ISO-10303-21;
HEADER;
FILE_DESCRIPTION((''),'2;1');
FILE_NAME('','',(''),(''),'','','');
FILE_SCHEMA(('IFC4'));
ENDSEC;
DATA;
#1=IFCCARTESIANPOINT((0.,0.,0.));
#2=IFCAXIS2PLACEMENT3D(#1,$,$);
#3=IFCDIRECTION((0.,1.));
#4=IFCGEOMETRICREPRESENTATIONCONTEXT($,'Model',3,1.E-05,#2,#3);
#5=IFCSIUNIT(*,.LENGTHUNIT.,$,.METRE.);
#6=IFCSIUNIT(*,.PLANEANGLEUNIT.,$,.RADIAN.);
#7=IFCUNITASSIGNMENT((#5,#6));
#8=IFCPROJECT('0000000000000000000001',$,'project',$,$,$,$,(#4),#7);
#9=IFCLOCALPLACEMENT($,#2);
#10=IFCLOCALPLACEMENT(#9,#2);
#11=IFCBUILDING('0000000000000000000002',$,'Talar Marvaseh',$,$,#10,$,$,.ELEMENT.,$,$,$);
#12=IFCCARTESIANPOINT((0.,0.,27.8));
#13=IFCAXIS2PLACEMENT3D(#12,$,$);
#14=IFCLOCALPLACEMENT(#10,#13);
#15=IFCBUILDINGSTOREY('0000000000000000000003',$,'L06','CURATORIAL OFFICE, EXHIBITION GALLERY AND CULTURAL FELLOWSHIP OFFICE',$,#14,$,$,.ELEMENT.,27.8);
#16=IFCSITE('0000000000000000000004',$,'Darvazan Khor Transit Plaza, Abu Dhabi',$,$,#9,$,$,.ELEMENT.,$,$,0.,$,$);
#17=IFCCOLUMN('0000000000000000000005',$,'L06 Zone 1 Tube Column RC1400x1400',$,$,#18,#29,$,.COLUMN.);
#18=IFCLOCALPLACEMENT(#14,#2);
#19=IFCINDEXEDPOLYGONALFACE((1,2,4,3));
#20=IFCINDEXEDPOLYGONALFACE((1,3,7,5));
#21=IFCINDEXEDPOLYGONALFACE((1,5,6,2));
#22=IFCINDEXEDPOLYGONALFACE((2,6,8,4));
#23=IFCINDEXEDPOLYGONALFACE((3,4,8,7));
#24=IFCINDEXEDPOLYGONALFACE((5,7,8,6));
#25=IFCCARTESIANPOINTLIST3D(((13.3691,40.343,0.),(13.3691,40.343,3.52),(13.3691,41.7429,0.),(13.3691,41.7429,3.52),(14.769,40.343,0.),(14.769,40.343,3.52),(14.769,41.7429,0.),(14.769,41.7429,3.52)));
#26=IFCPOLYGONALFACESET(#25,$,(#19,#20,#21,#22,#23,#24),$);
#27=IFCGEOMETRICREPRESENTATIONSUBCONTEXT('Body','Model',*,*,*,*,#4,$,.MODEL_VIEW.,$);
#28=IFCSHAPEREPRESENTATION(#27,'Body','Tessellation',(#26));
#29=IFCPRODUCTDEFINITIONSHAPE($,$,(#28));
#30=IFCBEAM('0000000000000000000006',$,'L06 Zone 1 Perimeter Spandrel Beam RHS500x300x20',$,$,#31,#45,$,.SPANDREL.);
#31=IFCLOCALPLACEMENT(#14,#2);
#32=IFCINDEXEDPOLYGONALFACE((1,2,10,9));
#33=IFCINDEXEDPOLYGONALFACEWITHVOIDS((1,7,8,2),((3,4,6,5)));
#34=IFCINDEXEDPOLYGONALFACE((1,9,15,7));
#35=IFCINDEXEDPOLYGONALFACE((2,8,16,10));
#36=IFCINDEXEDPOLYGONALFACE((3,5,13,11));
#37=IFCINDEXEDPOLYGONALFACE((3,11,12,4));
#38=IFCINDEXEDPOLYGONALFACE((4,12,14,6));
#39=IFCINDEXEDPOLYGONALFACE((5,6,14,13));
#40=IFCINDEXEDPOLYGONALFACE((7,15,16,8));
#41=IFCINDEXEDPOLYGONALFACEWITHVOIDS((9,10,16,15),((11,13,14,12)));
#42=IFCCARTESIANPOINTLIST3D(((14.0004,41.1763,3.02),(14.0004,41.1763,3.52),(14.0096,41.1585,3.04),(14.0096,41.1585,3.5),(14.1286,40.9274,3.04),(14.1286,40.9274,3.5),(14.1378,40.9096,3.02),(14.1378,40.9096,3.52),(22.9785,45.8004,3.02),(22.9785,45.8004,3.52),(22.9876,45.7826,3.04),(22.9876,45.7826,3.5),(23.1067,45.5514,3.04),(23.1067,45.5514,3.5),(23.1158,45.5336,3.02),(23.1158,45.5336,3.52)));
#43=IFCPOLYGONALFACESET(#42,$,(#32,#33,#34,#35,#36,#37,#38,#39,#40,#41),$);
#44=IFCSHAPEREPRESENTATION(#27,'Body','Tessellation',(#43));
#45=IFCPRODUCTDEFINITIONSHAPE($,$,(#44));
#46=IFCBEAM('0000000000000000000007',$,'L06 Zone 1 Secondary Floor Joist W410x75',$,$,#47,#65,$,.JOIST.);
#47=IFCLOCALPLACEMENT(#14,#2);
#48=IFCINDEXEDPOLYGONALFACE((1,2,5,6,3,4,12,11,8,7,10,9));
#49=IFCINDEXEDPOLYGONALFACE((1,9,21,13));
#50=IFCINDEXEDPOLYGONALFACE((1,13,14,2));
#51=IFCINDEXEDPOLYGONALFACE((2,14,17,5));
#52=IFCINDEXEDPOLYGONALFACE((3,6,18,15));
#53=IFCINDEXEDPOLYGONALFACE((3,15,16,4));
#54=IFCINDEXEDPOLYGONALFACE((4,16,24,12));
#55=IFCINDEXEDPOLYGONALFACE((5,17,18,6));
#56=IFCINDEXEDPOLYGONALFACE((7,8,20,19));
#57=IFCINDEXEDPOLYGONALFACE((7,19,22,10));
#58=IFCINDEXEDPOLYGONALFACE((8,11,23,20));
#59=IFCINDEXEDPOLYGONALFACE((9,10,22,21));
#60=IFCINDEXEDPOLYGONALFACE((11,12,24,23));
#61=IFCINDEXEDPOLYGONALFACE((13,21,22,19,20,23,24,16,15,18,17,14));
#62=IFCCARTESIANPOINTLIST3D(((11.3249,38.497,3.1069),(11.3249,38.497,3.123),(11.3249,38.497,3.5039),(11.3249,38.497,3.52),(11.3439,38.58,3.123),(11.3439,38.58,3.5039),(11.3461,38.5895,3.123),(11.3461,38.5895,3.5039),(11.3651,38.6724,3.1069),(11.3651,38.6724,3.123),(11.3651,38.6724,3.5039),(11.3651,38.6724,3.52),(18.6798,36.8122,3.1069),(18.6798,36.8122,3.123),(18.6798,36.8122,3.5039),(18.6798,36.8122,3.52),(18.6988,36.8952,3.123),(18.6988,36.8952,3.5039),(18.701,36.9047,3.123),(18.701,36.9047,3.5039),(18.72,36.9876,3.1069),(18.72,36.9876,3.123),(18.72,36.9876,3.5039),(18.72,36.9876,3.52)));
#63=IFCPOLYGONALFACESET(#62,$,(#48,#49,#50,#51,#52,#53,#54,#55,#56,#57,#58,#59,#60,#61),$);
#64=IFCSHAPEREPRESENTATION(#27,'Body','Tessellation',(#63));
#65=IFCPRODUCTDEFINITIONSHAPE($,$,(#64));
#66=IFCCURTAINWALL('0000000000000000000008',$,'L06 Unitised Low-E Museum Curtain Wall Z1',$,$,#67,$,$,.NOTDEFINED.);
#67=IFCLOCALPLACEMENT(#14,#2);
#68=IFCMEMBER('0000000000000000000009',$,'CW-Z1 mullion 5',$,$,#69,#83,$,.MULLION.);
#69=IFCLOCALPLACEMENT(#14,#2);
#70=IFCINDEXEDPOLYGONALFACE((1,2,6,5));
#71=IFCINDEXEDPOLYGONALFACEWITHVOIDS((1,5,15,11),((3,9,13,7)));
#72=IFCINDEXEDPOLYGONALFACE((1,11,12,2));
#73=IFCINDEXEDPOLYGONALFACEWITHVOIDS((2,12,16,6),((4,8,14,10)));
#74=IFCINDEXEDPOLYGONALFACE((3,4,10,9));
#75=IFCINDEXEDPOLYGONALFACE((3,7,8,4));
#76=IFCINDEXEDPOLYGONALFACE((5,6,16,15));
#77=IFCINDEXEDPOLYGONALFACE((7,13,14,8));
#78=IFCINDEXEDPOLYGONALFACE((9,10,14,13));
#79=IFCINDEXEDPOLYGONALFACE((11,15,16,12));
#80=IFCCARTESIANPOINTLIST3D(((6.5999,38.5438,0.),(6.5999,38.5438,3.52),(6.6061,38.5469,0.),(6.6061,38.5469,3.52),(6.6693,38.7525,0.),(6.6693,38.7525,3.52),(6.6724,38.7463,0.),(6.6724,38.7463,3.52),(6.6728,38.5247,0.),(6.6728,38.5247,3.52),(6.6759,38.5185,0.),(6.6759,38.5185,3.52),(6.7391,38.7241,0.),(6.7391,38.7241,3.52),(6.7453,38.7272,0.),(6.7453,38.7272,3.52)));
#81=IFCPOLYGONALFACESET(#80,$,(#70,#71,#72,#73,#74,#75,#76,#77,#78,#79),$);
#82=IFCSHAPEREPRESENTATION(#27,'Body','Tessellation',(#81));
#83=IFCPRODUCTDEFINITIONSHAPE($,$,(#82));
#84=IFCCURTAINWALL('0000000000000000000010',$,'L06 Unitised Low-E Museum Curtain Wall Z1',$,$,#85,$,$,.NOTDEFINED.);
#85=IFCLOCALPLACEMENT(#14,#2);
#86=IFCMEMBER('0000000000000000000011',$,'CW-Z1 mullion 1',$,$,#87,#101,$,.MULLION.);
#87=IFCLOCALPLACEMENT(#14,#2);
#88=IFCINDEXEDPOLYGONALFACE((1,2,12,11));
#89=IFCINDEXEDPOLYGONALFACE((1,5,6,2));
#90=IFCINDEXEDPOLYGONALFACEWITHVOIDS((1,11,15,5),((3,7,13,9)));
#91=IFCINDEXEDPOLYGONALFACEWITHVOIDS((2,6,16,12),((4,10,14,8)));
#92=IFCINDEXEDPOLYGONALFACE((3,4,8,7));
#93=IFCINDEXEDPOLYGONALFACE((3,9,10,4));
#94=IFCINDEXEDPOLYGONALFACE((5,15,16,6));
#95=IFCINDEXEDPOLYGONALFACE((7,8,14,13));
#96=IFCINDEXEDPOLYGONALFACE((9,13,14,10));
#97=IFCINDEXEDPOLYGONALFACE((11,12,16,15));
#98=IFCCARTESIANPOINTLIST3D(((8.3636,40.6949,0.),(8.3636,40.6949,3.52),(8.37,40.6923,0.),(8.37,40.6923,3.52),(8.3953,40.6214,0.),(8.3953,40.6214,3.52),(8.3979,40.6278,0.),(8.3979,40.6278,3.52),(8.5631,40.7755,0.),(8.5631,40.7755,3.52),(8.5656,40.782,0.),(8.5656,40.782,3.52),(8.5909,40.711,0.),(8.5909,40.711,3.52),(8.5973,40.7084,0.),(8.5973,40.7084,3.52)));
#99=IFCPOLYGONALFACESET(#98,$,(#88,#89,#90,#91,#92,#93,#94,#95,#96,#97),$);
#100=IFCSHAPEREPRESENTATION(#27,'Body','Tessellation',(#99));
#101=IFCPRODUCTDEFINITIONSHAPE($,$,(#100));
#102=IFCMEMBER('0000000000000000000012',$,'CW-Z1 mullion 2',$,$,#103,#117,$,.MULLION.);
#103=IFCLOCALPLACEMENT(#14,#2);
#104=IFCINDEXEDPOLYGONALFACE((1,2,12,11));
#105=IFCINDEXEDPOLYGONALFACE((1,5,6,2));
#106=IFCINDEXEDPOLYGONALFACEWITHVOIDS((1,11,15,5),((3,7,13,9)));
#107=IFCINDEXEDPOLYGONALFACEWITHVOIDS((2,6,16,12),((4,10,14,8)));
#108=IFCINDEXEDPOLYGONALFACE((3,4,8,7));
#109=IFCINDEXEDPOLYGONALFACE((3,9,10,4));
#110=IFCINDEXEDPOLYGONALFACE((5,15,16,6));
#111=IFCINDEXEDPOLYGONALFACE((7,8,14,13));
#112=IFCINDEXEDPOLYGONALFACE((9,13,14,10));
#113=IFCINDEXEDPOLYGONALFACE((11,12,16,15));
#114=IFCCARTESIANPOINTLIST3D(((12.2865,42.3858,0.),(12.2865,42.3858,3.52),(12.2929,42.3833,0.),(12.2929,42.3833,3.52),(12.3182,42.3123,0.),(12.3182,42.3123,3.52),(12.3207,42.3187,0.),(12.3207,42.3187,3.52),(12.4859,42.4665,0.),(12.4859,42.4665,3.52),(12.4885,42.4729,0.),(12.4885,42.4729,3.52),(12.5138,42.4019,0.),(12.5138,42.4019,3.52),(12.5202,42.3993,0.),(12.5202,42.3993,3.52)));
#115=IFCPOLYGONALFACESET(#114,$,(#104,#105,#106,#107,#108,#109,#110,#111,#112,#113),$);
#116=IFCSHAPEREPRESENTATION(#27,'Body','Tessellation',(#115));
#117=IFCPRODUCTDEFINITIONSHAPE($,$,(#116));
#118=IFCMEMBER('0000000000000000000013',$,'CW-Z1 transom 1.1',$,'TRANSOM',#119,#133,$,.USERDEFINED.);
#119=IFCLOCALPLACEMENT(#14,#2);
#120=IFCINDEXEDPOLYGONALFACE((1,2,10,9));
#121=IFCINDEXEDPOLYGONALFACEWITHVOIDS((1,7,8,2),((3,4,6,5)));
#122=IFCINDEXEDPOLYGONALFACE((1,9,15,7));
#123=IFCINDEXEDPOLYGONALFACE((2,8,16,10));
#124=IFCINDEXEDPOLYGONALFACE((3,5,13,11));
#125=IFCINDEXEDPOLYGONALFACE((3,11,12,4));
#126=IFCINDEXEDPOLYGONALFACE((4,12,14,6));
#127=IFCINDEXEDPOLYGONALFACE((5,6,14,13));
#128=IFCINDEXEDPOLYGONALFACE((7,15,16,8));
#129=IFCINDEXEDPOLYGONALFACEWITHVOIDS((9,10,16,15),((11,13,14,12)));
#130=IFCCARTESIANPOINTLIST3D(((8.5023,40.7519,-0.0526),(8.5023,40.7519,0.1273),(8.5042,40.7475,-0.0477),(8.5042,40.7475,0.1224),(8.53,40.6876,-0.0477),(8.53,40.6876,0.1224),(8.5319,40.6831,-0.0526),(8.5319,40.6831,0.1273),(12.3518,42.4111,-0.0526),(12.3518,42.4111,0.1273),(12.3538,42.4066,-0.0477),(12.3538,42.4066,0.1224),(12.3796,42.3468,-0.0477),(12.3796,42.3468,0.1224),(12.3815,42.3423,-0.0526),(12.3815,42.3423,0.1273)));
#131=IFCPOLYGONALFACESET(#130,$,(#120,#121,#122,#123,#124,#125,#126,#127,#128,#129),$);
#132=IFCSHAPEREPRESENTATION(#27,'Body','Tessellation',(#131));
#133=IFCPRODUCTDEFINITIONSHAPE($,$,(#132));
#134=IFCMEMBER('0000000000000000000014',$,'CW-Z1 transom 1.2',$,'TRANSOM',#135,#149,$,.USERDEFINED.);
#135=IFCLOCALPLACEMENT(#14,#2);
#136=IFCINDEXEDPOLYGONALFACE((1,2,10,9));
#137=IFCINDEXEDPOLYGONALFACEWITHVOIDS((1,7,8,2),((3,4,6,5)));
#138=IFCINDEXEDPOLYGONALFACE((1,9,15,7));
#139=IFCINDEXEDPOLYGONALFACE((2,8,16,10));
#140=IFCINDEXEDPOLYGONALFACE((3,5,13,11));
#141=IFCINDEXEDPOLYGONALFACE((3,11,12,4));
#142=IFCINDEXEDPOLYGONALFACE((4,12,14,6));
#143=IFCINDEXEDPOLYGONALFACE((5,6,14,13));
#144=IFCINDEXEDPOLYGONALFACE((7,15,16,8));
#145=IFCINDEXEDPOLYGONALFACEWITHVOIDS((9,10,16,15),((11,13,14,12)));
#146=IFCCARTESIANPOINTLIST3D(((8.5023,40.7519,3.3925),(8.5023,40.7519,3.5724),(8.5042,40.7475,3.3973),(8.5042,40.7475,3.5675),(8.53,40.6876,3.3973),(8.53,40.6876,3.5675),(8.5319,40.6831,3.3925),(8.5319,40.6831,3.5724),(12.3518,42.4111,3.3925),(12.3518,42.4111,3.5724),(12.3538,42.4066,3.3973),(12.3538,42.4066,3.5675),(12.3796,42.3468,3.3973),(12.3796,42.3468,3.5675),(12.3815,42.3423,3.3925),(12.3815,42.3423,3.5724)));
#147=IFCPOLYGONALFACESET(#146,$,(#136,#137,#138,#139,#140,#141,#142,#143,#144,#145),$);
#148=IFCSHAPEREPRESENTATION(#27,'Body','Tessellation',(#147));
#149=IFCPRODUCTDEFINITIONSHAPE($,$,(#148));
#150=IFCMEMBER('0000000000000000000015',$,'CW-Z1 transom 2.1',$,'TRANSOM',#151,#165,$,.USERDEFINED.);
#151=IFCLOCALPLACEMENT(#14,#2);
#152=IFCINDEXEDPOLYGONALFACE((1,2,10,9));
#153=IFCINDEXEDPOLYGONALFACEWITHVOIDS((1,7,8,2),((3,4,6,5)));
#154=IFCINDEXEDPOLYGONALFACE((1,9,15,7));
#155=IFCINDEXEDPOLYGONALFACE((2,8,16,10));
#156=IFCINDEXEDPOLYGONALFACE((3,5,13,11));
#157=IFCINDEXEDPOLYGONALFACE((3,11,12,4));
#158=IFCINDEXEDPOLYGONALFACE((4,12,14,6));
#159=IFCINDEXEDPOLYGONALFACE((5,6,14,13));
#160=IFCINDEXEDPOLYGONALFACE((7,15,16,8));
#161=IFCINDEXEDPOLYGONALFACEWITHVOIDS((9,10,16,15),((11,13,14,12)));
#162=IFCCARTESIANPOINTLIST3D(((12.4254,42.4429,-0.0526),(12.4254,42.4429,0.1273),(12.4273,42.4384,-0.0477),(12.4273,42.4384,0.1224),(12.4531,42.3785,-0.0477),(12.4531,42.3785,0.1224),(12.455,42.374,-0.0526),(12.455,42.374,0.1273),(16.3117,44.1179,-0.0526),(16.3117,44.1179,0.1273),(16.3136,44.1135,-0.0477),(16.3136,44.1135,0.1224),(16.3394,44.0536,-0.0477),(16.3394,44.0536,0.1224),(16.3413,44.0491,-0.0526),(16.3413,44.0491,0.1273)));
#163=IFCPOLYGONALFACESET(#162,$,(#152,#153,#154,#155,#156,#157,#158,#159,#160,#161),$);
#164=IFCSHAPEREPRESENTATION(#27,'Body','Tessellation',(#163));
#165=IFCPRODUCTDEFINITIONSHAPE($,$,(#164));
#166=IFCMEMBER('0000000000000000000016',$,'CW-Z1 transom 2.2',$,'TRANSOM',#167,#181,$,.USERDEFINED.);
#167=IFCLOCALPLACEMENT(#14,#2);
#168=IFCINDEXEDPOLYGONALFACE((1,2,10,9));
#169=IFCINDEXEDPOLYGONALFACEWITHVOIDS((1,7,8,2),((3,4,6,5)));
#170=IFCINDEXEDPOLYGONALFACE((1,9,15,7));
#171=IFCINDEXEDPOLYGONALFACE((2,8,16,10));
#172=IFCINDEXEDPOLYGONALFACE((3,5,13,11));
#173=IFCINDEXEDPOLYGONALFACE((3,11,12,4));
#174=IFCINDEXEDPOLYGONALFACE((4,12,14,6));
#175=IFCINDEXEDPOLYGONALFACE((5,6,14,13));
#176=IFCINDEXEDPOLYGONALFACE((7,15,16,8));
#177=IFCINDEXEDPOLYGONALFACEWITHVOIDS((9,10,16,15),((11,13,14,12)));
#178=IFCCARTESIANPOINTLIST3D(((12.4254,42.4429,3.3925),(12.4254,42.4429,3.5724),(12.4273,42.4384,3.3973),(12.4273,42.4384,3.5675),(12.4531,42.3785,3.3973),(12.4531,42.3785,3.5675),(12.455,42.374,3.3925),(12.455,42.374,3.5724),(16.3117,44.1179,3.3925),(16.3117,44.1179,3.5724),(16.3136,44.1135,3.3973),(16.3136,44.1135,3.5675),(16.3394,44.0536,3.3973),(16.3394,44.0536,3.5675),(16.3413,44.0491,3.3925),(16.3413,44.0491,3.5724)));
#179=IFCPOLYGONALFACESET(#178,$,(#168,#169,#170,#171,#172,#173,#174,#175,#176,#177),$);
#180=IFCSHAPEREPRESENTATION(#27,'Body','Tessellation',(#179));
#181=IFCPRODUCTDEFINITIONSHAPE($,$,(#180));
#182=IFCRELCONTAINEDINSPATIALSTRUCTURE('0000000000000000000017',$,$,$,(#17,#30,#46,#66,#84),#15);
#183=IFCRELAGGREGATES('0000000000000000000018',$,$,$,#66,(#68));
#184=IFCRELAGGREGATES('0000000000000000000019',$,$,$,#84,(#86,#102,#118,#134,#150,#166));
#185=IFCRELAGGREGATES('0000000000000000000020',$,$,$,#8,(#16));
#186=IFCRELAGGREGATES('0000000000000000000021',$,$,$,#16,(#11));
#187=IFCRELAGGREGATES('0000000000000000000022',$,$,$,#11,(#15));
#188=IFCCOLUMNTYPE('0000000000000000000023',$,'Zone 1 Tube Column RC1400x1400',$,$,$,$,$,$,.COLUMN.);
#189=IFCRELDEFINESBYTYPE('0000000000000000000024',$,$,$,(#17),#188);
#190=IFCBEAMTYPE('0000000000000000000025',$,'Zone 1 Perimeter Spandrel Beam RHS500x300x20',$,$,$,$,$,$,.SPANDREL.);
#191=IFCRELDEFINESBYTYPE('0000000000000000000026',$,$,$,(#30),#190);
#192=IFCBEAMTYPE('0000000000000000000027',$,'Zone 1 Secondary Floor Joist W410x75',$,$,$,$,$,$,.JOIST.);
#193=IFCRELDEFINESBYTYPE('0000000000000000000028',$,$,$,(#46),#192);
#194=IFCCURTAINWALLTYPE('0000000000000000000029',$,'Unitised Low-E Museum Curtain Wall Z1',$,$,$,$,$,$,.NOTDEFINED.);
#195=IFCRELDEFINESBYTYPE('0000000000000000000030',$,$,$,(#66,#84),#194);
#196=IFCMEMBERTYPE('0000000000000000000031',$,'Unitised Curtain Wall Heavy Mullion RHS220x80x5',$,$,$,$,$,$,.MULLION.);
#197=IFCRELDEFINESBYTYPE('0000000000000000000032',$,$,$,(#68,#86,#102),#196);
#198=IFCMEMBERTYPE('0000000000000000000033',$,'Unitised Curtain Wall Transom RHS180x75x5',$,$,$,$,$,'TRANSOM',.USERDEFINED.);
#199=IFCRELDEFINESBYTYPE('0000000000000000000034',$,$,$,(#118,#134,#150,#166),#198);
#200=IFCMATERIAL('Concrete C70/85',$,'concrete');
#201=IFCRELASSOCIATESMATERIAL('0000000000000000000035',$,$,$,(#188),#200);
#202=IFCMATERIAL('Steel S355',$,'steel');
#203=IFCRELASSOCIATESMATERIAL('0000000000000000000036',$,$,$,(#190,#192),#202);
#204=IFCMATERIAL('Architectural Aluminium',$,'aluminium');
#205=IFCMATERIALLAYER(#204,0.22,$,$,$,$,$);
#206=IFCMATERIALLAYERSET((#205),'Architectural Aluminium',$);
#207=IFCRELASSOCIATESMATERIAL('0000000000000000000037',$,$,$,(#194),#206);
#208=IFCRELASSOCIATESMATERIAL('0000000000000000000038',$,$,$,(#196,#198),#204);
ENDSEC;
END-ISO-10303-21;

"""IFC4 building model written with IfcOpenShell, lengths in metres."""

from ifc_helpers import new_model, si_unit, direction, frame, origin, origin_2d, place, context, subcontext, project, spatial, rectangle, hollow_rectangle, i_section, extrude, source, transform, mapped, material, layer, layer_set, material_profile, profile_set, type_object, type_shapes, element, aggregate, save


model = new_model("IFC4")

# Units and contexts
model_context = context("Model", 3, precision=1e-05, world=origin(), true_north=direction((0.0, 1.0)))
body_context = subcontext(model_context, "Body", "Model", "MODEL_VIEW")
ifc_project = project(units=[si_unit("LENGTHUNIT", "METRE"), si_unit("PLANEANGLEUNIT", "RADIAN")], contexts=[model_context])

# Site, building, storey
site_placement = place(None, origin())
site = spatial("IfcSite", under=ifc_project, at=site_placement, Name="Darvazan Khor Transit Plaza, Abu Dhabi", CompositionType="ELEMENT", RefElevation=0.0)
building_placement = place(site_placement, origin())
building = spatial("IfcBuilding", under=site, at=building_placement, Name="Talar Marvaseh", CompositionType="ELEMENT")
storey_placement = place(building_placement, frame((0.0, 0.0, 27.8)))
storey = spatial("IfcBuildingStorey", under=building, at=storey_placement, Name="L06", Description="CURATORIAL OFFICE, EXHIBITION GALLERY AND CULTURAL FELLOWSHIP OFFICE", CompositionType="ELEMENT", Elevation=27.8)

# Column
ifc_material_1 = material(Name="Concrete C70/85", Category="concrete")
ifc_material_profile_1 = material_profile(ifc_material_1, rectangle(XDim=1.3999, YDim=1.3999, at=origin_2d()), Name="RC1400x1400")
ifc_profile_set_1 = profile_set([ifc_material_profile_1], Name="Concrete C70/85")
column_type = type_object("IfcColumnType", Name="Zone 1 Tube Column RC1400x1400", PredefinedType="COLUMN", material=ifc_profile_set_1)
column_placement = place(storey_placement, frame((14.0691, 41.043, 0.0), z_axis=(0.0, 0.0, 1.0), x_axis=(1.0, 0.0, 0.0)))
element("IfcColumn", 1, at=column_placement, inside=storey, type_object=column_type, Name="L06 Zone 1 Tube Column RC1400x1400", PredefinedType="COLUMN", context=body_context, shape_type="SweptSolid", body=[
    extrude(rectangle(XDim=1.3999, YDim=1.3999, at=origin_2d()), origin(), (0.0, 0.0, 1.0), 3.52),
])

# Beams
ifc_material_2 = material(Name="Steel S355", Category="steel")
ifc_material_profile_2 = material_profile(ifc_material_2, hollow_rectangle(XDim=0.3, YDim=0.5, WallThickness=0.02, at=origin_2d()), Name="RHS500x300x20")
ifc_profile_set_2 = profile_set([ifc_material_profile_2], Name="Steel S355")
beam_type_1 = type_object("IfcBeamType", Name="Zone 1 Perimeter Spandrel Beam RHS500x300x20", PredefinedType="SPANDREL", material=ifc_profile_set_2)
beam_1_placement = place(storey_placement, frame((14.0691, 41.043, 3.27), z_axis=(0.889016, 0.457877, 0.0), x_axis=(-0.457877, 0.889016, 0.0)))
element("IfcBeam", 2, at=beam_1_placement, inside=storey, type_object=beam_type_1, Name="L06 Zone 1 Perimeter Spandrel Beam RHS500x300x20", PredefinedType="SPANDREL", context=body_context, shape_type="SweptSolid", body=[
    extrude(hollow_rectangle(XDim=0.3, YDim=0.5, WallThickness=0.02, at=origin_2d()), origin(), (0.0, 0.0, 1.0), 10.0989),
])
ifc_material_profile_3 = material_profile(ifc_material_2, i_section(OverallWidth=0.1799, OverallDepth=0.4131, WebThickness=0.0098, FlangeThickness=0.0161, at=origin_2d()), Name="W410x75")
ifc_profile_set_3 = profile_set([ifc_material_profile_3], Name="Steel S355")
beam_type_2 = type_object("IfcBeamType", Name="Zone 1 Secondary Floor Joist W410x75", PredefinedType="JOIST", material=ifc_profile_set_3)
beam_2_placement = place(storey_placement, frame((11.345, 38.5847, 3.3135), z_axis=(0.974753, -0.223288, 0.0), x_axis=(0.223288, 0.974753, 0.0)))
element("IfcBeam", 3, at=beam_2_placement, inside=storey, type_object=beam_type_2, Name="L06 Zone 1 Secondary Floor Joist W410x75", PredefinedType="JOIST", context=body_context, shape_type="SweptSolid", body=[
    extrude(i_section(OverallWidth=0.1799, OverallDepth=0.4131, WebThickness=0.0098, FlangeThickness=0.0161, at=origin_2d()), origin(), (0.0, 0.0, 1.0), 7.5454),
])

# Curtain wall, member
ifc_material_3 = material(Name="Architectural Aluminium", Category="aluminium")
ifc_layer_1 = layer(ifc_material_3, 0.22)
ifc_layer_set_1 = layer_set([ifc_layer_1], Name="Architectural Aluminium")
curtain_wall_type = type_object("IfcCurtainWallType", Name="Unitised Low-E Museum Curtain Wall Z1", PredefinedType="NOTDEFINED", material=ifc_layer_set_1)
curtain_wall_1_placement = place(storey_placement, origin())
curtain_wall_1 = element("IfcCurtainWall", 4, at=curtain_wall_1_placement, inside=storey, type_object=curtain_wall_type, Name="L06 Unitised Low-E Museum Curtain Wall Z1", PredefinedType="NOTDEFINED")
ifc_material_profile_4 = material_profile(ifc_material_3, hollow_rectangle(XDim=0.0801, YDim=0.22, WallThickness=0.0049, at=origin_2d()), Name="RHS220x80x5")
ifc_profile_set_4 = profile_set([ifc_material_profile_4], Name="Architectural Aluminium")
member_type_1 = type_object("IfcMemberType", Name="Unitised Curtain Wall Heavy Mullion RHS220x80x5", PredefinedType="MULLION", material=ifc_profile_set_4)
shared_shape_1 = source(origin(), body_context, "Body", "SweptSolid", [
    extrude(hollow_rectangle(XDim=0.0801, YDim=0.22, WallThickness=0.0049, at=origin_2d()), origin(), (0.0, 0.0, 1.0), 3.52),
])
type_shapes(member_type_1, [shared_shape_1])
member_1_placement = place(storey_placement, frame((6.6726, 38.6355, 0.0), z_axis=(0.0, 0.0, 1.0), x_axis=(-0.948854, 0.315715, 0.0)))
member_1 = element("IfcMember", 5, at=member_1_placement, type_object=member_type_1, Name="CW-Z1 mullion 5", PredefinedType="MULLION", context=body_context, shape_type="MappedRepresentation", body=[
    mapped(shared_shape_1, transform((0.0, 0.0, 0.0), x_axis=(1.0, 0.0, 0.0), y_axis=(0.0, 1.0, 0.0), z_axis=(0.0, 0.0, 1.0), scale=1.0)),
])
aggregate(curtain_wall_1, [member_1])

# Curtain wall, members
curtain_wall_2_placement = place(storey_placement, origin())
curtain_wall_2 = element("IfcCurtainWall", 6, at=curtain_wall_2_placement, inside=storey, type_object=curtain_wall_type, Name="L06 Unitised Low-E Museum Curtain Wall Z1", PredefinedType="NOTDEFINED")
member_2_placement = place(storey_placement, frame((8.4805, 40.7017, 0.0), z_axis=(0.0, 0.0, 1.0), x_axis=(-0.395831, 0.918323, 0.0)))
member_2 = element("IfcMember", 7, at=member_2_placement, type_object=member_type_1, Name="CW-Z1 mullion 1", PredefinedType="MULLION", context=body_context, shape_type="MappedRepresentation", body=[
    mapped(shared_shape_1, transform((0.0, 0.0, 0.0), x_axis=(1.0, 0.0, 0.0), y_axis=(0.0, 1.0, 0.0), z_axis=(0.0, 0.0, 1.0), scale=1.0)),
])
member_3_placement = place(storey_placement, frame((12.4033, 42.3926, 0.0), z_axis=(0.0, 0.0, 1.0), x_axis=(-0.395831, 0.918323, 0.0)))
member_3 = element("IfcMember", 8, at=member_3_placement, type_object=member_type_1, Name="CW-Z1 mullion 2", PredefinedType="MULLION", context=body_context, shape_type="MappedRepresentation", body=[
    mapped(shared_shape_1, transform((0.0, 0.0, 0.0), x_axis=(1.0, 0.0, 0.0), y_axis=(0.0, 1.0, 0.0), z_axis=(0.0, 0.0, 1.0), scale=1.0)),
])
ifc_material_profile_5 = material_profile(ifc_material_3, hollow_rectangle(XDim=0.075, YDim=0.1799, WallThickness=0.0049, at=origin_2d()), Name="RHS180x75x5")
ifc_profile_set_5 = profile_set([ifc_material_profile_5], Name="Architectural Aluminium")
member_type_2 = type_object("IfcMemberType", Name="Unitised Curtain Wall Transom RHS180x75x5", ElementType="TRANSOM", PredefinedType="USERDEFINED", material=ifc_profile_set_5)
shared_shape_2 = source(origin(), body_context, "Body", "SweptSolid", [
    extrude(hollow_rectangle(XDim=0.075, YDim=0.1799, WallThickness=0.0049, at=origin_2d()), origin(), (0.0, 0.0, 1.0), 4.1919),
])
member_4_placement = place(storey_placement, frame((8.5171, 40.7175, 0.0374), z_axis=(0.918336, 0.395802, 0.0), x_axis=(-0.395802, 0.918336, 0.0)))
member_4 = element("IfcMember", 9, at=member_4_placement, type_object=member_type_2, Name="CW-Z1 transom 1.1", ObjectType="TRANSOM", PredefinedType="USERDEFINED", context=body_context, shape_type="MappedRepresentation", body=[
    mapped(shared_shape_2, transform((0.0, 0.0, 0.0), x_axis=(1.0, 0.0, 0.0), y_axis=(0.0, 1.0, 0.0), z_axis=(0.0, 0.0, 1.0), scale=1.0)),
])
member_5_placement = place(storey_placement, frame((8.5171, 40.7175, 3.4824), z_axis=(0.918336, 0.395802, 0.0), x_axis=(-0.395802, 0.918336, 0.0)))
member_5 = element("IfcMember", 10, at=member_5_placement, type_object=member_type_2, Name="CW-Z1 transom 1.2", ObjectType="TRANSOM", PredefinedType="USERDEFINED", context=body_context, shape_type="MappedRepresentation", body=[
    mapped(shared_shape_2, transform((0.0, 0.0, 0.0), x_axis=(1.0, 0.0, 0.0), y_axis=(0.0, 1.0, 0.0), z_axis=(0.0, 0.0, 1.0), scale=1.0)),
])
shared_shape_3 = source(origin(), body_context, "Body", "SweptSolid", [
    extrude(hollow_rectangle(XDim=0.075, YDim=0.1799, WallThickness=0.0049, at=origin_2d()), origin(), (0.0, 0.0, 1.0), 4.2319),
])
type_shapes(member_type_2, [shared_shape_2, shared_shape_3])
member_6_placement = place(storey_placement, frame((12.4402, 42.4084, 0.0374), z_axis=(0.918328, 0.395819, 0.0), x_axis=(-0.395819, 0.918328, 0.0)))
member_6 = element("IfcMember", 11, at=member_6_placement, type_object=member_type_2, Name="CW-Z1 transom 2.1", ObjectType="TRANSOM", PredefinedType="USERDEFINED", context=body_context, shape_type="MappedRepresentation", body=[
    mapped(shared_shape_3, transform((0.0, 0.0, 0.0), x_axis=(1.0, 0.0, 0.0), y_axis=(0.0, 1.0, 0.0), z_axis=(0.0, 0.0, 1.0), scale=1.0)),
])
member_7_placement = place(storey_placement, frame((12.4402, 42.4084, 3.4824), z_axis=(0.918328, 0.395819, 0.0), x_axis=(-0.395819, 0.918328, 0.0)))
member_7 = element("IfcMember", 12, at=member_7_placement, type_object=member_type_2, Name="CW-Z1 transom 2.2", ObjectType="TRANSOM", PredefinedType="USERDEFINED", context=body_context, shape_type="MappedRepresentation", body=[
    mapped(shared_shape_3, transform((0.0, 0.0, 0.0), x_axis=(1.0, 0.0, 0.0), y_axis=(0.0, 1.0, 0.0), z_axis=(0.0, 0.0, 1.0), scale=1.0)),
])
aggregate(curtain_wall_2, [member_2, member_3, member_4, member_5, member_6, member_7])

save(model, "model.ifc")
